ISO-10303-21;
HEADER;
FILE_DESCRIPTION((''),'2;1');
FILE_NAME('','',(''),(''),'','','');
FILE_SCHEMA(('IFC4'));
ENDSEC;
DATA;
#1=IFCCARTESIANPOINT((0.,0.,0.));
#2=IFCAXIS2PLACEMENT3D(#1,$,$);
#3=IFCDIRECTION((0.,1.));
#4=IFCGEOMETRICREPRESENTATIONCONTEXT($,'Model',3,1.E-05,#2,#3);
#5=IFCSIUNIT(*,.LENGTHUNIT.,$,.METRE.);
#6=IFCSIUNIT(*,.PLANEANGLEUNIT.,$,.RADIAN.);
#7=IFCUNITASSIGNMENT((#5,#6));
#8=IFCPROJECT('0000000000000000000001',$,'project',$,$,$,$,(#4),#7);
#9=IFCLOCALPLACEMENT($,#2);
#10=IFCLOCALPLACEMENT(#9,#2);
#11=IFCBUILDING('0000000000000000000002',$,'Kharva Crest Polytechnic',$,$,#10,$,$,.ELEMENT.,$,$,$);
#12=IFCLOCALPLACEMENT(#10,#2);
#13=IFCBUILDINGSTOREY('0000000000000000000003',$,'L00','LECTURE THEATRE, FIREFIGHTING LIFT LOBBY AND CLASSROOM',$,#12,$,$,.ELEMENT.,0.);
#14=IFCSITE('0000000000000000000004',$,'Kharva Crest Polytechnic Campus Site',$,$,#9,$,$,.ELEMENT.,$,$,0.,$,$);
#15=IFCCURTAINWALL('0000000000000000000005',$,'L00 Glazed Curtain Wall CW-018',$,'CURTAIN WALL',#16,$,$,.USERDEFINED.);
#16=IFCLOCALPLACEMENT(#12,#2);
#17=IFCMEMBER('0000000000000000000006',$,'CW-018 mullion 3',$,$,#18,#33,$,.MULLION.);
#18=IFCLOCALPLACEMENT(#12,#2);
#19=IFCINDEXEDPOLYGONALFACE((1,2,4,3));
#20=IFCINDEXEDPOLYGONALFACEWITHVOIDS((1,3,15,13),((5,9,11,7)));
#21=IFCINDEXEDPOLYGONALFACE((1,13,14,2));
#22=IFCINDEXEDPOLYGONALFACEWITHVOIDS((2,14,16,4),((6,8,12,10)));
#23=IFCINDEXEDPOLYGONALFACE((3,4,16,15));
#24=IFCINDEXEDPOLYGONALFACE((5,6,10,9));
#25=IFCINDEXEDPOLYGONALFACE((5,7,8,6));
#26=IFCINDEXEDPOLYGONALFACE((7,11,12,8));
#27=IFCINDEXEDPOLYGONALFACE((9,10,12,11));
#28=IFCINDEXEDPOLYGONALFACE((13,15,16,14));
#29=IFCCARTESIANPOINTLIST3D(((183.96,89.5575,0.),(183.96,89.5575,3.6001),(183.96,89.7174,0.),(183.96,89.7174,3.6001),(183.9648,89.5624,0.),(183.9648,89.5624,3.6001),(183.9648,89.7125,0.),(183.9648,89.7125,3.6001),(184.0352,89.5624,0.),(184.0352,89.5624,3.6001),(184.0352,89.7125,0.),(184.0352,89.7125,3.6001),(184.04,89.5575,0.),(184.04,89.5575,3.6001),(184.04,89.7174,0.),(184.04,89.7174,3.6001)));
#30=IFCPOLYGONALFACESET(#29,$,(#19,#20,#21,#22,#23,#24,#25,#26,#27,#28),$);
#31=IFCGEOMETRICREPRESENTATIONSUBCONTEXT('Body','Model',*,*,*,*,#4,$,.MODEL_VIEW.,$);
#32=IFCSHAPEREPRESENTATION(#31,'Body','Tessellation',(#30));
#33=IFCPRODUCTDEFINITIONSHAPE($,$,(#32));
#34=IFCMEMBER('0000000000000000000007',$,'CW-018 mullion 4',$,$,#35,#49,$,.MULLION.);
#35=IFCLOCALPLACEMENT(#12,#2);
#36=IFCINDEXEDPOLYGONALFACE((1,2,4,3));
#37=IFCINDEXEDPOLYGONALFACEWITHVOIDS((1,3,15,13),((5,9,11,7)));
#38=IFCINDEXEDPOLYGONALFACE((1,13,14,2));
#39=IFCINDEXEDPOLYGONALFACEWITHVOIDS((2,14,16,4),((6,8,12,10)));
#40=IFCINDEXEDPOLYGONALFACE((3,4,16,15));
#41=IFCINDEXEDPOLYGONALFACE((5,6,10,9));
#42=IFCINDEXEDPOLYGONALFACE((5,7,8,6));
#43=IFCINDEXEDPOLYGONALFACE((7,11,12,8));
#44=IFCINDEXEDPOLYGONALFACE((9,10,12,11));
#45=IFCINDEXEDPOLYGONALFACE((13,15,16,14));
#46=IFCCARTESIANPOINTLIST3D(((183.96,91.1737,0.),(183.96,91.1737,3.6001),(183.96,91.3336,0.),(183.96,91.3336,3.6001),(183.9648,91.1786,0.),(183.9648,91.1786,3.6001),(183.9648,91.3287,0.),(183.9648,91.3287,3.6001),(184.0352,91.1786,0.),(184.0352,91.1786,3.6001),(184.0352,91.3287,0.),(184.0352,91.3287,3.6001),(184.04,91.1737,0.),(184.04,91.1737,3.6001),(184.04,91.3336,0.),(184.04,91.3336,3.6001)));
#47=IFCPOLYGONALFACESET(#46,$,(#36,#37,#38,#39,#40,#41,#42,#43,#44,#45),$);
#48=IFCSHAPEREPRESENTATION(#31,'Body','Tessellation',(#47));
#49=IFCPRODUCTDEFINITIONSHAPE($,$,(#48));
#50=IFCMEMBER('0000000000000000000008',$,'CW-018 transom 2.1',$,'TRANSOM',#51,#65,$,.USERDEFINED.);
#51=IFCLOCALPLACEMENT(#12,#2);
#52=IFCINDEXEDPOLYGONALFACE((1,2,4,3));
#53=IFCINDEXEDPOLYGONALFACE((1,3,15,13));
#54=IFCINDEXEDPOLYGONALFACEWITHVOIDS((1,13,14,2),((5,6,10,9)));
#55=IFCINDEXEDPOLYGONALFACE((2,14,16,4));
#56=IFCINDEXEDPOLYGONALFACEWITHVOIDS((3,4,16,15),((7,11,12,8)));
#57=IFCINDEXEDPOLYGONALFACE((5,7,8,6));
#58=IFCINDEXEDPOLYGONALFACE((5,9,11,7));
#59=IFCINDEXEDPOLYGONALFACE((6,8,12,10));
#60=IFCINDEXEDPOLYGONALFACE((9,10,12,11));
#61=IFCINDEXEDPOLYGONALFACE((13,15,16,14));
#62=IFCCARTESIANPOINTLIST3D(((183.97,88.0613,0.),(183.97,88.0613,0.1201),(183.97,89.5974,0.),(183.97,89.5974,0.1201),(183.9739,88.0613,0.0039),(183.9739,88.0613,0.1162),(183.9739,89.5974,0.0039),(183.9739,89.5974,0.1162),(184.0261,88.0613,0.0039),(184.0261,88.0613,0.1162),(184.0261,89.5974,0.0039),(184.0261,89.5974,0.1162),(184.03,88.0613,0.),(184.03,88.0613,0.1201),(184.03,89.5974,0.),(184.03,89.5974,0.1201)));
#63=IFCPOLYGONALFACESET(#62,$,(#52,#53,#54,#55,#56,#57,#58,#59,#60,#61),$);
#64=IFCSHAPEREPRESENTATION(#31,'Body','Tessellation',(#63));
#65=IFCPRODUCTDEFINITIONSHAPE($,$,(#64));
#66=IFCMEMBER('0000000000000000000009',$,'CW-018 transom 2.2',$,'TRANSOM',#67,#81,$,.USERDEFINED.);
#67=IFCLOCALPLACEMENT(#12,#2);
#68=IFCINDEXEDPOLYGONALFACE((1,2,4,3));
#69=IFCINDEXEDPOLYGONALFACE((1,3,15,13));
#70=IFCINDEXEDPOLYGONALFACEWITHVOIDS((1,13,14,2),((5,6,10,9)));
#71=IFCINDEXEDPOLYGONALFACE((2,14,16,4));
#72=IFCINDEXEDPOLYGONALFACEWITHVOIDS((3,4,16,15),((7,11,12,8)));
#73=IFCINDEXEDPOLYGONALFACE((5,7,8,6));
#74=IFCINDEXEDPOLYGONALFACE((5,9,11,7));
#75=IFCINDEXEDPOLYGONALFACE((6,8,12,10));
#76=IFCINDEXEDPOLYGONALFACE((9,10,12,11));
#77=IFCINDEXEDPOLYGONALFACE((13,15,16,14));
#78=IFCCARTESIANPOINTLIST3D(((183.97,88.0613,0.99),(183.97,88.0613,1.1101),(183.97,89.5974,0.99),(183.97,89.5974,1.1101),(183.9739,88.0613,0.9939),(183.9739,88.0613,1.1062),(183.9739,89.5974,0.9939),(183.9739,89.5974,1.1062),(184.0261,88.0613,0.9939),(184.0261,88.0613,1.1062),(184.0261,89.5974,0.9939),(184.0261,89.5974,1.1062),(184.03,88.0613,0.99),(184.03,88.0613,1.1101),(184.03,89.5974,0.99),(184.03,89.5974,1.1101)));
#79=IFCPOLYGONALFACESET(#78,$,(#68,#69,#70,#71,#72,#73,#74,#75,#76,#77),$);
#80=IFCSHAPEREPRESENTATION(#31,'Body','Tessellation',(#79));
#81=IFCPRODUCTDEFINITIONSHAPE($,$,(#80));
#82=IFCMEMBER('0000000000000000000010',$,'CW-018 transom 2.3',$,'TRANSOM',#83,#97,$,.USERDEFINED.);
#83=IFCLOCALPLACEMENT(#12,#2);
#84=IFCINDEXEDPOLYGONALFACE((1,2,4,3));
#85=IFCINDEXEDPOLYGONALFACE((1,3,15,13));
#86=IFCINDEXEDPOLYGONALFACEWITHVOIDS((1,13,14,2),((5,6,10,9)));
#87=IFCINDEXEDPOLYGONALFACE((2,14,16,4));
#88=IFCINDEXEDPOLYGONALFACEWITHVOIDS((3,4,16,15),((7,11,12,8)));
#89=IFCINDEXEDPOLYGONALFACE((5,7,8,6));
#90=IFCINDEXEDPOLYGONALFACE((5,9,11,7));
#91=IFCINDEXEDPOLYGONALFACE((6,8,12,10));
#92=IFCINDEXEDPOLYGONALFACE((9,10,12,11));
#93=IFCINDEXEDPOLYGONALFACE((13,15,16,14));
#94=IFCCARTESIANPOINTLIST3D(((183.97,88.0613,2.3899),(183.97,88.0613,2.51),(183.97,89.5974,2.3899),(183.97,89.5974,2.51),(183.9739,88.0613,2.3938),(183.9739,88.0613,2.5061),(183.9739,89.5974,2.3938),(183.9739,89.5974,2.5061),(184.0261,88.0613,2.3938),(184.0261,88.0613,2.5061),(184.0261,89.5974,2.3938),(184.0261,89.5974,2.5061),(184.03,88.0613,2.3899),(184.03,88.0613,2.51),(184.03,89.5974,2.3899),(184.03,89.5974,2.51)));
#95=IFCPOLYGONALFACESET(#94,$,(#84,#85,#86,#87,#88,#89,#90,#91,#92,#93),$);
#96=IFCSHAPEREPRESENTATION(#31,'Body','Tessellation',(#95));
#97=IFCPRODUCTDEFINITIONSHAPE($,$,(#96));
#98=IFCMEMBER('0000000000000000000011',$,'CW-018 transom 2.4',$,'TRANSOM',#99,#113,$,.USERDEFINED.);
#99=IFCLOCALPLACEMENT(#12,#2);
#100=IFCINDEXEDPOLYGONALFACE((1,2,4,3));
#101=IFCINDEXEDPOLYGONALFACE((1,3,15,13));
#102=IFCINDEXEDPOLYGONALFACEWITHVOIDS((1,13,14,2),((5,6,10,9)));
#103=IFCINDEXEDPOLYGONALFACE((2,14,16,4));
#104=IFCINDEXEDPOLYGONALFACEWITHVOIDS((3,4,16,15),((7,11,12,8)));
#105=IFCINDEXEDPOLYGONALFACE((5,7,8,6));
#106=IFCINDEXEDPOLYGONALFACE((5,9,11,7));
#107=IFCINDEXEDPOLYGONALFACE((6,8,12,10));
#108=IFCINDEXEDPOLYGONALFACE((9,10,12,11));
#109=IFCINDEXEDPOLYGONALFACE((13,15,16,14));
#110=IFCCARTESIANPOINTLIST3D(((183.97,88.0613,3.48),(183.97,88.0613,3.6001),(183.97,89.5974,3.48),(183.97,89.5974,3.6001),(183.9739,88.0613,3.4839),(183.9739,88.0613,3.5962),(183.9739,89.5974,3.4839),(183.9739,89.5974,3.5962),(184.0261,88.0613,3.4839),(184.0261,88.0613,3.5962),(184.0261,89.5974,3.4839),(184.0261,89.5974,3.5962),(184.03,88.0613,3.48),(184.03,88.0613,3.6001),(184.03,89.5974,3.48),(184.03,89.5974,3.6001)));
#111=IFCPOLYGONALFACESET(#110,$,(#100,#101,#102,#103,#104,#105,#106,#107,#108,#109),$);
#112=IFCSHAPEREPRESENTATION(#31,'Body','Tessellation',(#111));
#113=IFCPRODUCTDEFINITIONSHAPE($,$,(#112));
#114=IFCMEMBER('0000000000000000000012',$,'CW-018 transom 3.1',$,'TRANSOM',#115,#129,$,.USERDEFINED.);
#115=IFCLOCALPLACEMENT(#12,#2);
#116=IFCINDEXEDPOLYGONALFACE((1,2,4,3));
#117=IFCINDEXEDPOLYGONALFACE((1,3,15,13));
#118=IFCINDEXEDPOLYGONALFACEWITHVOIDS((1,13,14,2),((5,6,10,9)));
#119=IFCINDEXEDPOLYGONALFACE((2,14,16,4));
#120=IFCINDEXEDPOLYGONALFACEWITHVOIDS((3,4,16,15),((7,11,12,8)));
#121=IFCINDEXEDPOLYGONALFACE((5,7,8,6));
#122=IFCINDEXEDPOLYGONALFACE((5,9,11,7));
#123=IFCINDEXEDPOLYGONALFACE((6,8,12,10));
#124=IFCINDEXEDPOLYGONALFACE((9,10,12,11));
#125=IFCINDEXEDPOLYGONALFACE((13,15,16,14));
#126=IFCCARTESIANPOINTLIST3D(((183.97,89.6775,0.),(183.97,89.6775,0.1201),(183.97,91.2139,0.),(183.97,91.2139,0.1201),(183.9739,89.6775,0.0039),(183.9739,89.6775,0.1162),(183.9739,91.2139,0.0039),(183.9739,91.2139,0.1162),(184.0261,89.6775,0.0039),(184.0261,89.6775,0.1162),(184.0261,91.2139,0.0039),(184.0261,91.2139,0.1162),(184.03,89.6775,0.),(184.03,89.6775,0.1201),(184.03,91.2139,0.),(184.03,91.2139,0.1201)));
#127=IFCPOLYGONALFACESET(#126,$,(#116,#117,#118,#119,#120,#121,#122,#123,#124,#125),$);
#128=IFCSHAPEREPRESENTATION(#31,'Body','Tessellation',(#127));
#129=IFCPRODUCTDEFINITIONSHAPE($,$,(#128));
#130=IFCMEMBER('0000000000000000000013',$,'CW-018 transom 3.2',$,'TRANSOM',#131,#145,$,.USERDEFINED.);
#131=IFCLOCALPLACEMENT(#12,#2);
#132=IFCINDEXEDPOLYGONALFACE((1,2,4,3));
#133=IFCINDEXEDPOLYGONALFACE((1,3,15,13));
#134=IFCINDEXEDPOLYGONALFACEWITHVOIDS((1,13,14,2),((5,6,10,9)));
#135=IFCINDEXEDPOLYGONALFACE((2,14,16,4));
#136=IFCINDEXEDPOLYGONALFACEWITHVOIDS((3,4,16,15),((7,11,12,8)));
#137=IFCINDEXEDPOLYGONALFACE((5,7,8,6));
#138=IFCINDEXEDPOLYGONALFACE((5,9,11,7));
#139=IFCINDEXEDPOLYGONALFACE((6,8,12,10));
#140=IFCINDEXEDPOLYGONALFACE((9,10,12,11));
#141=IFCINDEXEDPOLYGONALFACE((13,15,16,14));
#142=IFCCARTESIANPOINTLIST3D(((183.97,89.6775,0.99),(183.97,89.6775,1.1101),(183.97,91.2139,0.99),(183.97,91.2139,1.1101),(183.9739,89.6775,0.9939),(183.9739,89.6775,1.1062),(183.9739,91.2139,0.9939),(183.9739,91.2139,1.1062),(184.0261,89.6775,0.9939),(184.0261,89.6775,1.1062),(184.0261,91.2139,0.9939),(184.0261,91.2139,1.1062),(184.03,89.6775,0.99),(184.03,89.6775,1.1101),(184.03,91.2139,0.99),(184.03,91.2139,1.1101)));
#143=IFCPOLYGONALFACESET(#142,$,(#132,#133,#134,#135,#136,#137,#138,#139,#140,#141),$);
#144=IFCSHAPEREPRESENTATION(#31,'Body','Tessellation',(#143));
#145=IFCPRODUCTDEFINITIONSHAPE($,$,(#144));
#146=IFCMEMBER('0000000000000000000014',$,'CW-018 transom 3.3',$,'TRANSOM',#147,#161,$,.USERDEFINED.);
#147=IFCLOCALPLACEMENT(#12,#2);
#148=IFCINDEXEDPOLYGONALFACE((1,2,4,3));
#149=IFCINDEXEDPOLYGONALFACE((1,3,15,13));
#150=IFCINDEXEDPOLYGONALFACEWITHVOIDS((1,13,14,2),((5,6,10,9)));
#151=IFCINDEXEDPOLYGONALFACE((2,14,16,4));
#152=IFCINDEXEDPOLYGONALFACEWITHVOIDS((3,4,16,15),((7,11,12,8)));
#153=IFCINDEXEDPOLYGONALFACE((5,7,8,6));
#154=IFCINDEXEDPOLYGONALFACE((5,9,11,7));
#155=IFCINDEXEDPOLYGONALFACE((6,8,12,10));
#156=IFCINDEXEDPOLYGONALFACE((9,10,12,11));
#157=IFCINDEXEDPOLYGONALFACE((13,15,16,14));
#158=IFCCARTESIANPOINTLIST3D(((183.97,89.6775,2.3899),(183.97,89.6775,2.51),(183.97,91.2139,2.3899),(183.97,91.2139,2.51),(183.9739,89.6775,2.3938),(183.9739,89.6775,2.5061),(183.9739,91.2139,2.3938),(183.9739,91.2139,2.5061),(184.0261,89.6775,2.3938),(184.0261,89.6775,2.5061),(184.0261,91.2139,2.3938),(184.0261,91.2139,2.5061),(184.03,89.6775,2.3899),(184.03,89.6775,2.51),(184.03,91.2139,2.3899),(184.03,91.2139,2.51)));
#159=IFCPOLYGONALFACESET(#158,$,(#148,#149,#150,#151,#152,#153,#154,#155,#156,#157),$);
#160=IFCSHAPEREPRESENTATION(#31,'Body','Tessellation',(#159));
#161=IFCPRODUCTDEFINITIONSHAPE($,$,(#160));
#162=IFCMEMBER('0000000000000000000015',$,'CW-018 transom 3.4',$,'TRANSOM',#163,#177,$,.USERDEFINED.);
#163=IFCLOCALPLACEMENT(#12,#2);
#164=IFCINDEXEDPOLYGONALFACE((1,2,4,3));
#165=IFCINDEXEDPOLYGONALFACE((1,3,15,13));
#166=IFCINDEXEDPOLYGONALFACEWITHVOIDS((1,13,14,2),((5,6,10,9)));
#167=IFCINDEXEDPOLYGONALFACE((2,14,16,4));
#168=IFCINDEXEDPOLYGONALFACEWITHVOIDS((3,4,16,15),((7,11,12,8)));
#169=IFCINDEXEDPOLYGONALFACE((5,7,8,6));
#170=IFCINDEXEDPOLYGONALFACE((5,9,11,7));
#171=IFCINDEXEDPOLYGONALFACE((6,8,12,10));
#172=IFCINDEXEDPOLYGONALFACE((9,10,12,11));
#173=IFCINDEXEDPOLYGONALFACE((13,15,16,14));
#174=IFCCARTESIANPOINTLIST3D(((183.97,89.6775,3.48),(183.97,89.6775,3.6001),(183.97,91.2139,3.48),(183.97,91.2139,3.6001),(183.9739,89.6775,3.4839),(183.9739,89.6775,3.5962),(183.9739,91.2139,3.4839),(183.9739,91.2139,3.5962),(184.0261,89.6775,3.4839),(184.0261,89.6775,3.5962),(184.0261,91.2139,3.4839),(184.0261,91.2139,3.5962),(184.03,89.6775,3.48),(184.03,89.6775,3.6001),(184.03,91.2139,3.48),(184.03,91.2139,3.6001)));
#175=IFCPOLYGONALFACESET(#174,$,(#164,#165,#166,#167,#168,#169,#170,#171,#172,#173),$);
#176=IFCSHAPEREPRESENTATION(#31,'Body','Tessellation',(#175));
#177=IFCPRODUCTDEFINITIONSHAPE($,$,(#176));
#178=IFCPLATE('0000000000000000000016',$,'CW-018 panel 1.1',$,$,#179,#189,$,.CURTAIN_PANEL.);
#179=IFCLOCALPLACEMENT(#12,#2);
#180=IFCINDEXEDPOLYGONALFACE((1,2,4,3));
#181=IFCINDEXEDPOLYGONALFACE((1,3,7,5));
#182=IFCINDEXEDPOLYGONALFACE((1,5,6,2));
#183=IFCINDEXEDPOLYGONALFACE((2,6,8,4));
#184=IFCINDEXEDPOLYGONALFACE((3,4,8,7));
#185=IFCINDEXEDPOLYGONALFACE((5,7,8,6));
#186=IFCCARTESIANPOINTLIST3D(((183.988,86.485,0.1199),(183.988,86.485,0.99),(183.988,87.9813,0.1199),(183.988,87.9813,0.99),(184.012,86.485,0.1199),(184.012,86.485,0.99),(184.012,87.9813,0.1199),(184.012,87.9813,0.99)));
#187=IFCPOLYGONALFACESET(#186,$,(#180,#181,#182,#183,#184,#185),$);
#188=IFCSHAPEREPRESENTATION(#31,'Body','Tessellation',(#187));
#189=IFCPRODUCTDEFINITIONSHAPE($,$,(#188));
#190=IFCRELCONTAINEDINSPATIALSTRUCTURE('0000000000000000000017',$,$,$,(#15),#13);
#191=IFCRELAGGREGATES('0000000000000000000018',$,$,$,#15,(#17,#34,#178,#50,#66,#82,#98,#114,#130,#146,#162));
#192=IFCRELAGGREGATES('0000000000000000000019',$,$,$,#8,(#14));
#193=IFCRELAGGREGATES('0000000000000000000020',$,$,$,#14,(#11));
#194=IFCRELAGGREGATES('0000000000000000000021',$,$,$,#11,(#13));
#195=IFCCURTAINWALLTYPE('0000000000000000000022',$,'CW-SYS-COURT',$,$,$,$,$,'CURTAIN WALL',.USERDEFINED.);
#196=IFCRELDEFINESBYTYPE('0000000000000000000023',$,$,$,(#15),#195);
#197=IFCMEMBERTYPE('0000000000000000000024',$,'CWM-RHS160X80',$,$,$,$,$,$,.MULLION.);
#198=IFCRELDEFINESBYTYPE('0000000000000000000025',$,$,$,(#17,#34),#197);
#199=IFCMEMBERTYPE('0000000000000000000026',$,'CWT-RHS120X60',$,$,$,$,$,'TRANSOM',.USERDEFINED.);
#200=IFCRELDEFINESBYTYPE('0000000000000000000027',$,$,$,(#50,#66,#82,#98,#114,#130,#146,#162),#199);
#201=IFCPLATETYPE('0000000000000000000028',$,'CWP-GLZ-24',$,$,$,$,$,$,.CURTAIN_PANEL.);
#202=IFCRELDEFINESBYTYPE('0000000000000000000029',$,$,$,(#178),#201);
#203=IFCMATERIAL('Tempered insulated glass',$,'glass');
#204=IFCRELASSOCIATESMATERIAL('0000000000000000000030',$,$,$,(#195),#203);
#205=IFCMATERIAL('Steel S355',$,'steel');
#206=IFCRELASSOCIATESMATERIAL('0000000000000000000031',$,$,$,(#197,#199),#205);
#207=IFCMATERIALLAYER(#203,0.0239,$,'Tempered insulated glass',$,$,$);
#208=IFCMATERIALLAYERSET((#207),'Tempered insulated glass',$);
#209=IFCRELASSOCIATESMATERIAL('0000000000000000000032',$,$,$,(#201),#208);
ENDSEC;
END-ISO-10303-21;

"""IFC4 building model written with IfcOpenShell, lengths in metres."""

from ifc_helpers import new_model, si_unit, direction, frame, origin, origin_2d, place, context, subcontext, project, spatial, rectangle, hollow_rectangle, extrude, material, layer, layer_set, material_profile, profile_set, type_object, element, aggregate, save


model = new_model("IFC4")

# Units and contexts
model_context = context("Model", 3, precision=1e-05, world=origin(), true_north=direction((0.0, 1.0)))
body_context = subcontext(model_context, "Body", "Model", "MODEL_VIEW")
ifc_project = project(units=[si_unit("LENGTHUNIT", "METRE"), si_unit("PLANEANGLEUNIT", "RADIAN")], contexts=[model_context])

# Site, building, storey
site_placement = place(None, origin())
site = spatial("IfcSite", under=ifc_project, at=site_placement, Name="Kharva Crest Polytechnic Campus Site", CompositionType="ELEMENT", RefElevation=0.0)
building_placement = place(site_placement, origin())
building = spatial("IfcBuilding", under=site, at=building_placement, Name="Kharva Crest Polytechnic", CompositionType="ELEMENT")
storey_placement = place(building_placement, origin())
storey = spatial("IfcBuildingStorey", under=building, at=storey_placement, Name="L00", Description="LECTURE THEATRE, FIREFIGHTING LIFT LOBBY AND CLASSROOM", CompositionType="ELEMENT", Elevation=0.0)

# Curtain wall, members, plate
ifc_material_1 = material(Name="Tempered insulated glass", Category="glass")
curtain_wall_type = type_object("IfcCurtainWallType", Name="CW-SYS-COURT", ElementType="CURTAIN WALL", PredefinedType="USERDEFINED", material=ifc_material_1)
curtain_wall_placement = place(storey_placement, origin())
curtain_wall = element("IfcCurtainWall", 1, at=curtain_wall_placement, inside=storey, type_object=curtain_wall_type, Name="L00 Glazed Curtain Wall CW-018", ObjectType="CURTAIN WALL", PredefinedType="USERDEFINED")
ifc_material_2 = material(Name="Steel S355", Category="steel")
ifc_material_profile_1 = material_profile(ifc_material_2, hollow_rectangle(XDim=0.0801, YDim=0.1599, WallThickness=0.0049, at=origin_2d()), Name="RHS 160X80X5.0")
ifc_profile_set_1 = profile_set([ifc_material_profile_1], Name="Steel S355")
member_type_1 = type_object("IfcMemberType", Name="CWM-RHS160X80", PredefinedType="MULLION", material=ifc_profile_set_1)
member_1_placement = place(storey_placement, frame((184.0, 89.6375, 0.0), z_axis=(0.0, 0.0, 1.0), x_axis=(-1.0, 0.0, 0.0)))
member_1 = element("IfcMember", 2, at=member_1_placement, type_object=member_type_1, Name="CW-018 mullion 3", PredefinedType="MULLION", context=body_context, shape_type="SweptSolid", body=[
    extrude(hollow_rectangle(XDim=0.0801, YDim=0.1599, WallThickness=0.0049, at=origin_2d()), origin(), (0.0, 0.0, 1.0), 3.6001),
])
member_2_placement = place(storey_placement, frame((184.0, 91.2537, 0.0), z_axis=(0.0, 0.0, 1.0), x_axis=(-1.0, 0.0, 0.0)))
member_2 = element("IfcMember", 3, at=member_2_placement, type_object=member_type_1, Name="CW-018 mullion 4", PredefinedType="MULLION", context=body_context, shape_type="SweptSolid", body=[
    extrude(hollow_rectangle(XDim=0.0801, YDim=0.1599, WallThickness=0.0049, at=origin_2d()), origin(), (0.0, 0.0, 1.0), 3.6001),
])
ifc_material_profile_2 = material_profile(ifc_material_2, hollow_rectangle(XDim=0.0601, YDim=0.1201, WallThickness=0.0039, at=origin_2d()), Name="RHS 120X60X4.0")
ifc_profile_set_2 = profile_set([ifc_material_profile_2], Name="Steel S355")
member_type_2 = type_object("IfcMemberType", Name="CWT-RHS120X60", ElementType="TRANSOM", PredefinedType="USERDEFINED", material=ifc_profile_set_2)
member_3_placement = place(storey_placement, frame((184.0, 88.0613, 0.0601), z_axis=(0.0, 1.0, 0.0), x_axis=(-1.0, 0.0, 0.0)))
member_3 = element("IfcMember", 4, at=member_3_placement, type_object=member_type_2, Name="CW-018 transom 2.1", ObjectType="TRANSOM", PredefinedType="USERDEFINED", context=body_context, shape_type="SweptSolid", body=[
    extrude(hollow_rectangle(XDim=0.0601, YDim=0.1201, WallThickness=0.0039, at=origin_2d()), origin(), (0.0, 0.0, 1.0), 1.5361),
])
member_4_placement = place(storey_placement, frame((184.0, 88.0613, 1.05), z_axis=(0.0, 1.0, 0.0), x_axis=(-1.0, 0.0, 0.0)))
member_4 = element("IfcMember", 5, at=member_4_placement, type_object=member_type_2, Name="CW-018 transom 2.2", ObjectType="TRANSOM", PredefinedType="USERDEFINED", context=body_context, shape_type="SweptSolid", body=[
    extrude(hollow_rectangle(XDim=0.0601, YDim=0.1201, WallThickness=0.0039, at=origin_2d()), origin(), (0.0, 0.0, 1.0), 1.5361),
])
member_5_placement = place(storey_placement, frame((184.0, 88.0613, 2.45), z_axis=(0.0, 1.0, 0.0), x_axis=(-1.0, 0.0, 0.0)))
member_5 = element("IfcMember", 6, at=member_5_placement, type_object=member_type_2, Name="CW-018 transom 2.3", ObjectType="TRANSOM", PredefinedType="USERDEFINED", context=body_context, shape_type="SweptSolid", body=[
    extrude(hollow_rectangle(XDim=0.0601, YDim=0.1201, WallThickness=0.0039, at=origin_2d()), origin(), (0.0, 0.0, 1.0), 1.5361),
])
member_6_placement = place(storey_placement, frame((184.0, 88.0613, 3.54), z_axis=(0.0, 1.0, 0.0), x_axis=(-1.0, 0.0, 0.0)))
member_6 = element("IfcMember", 7, at=member_6_placement, type_object=member_type_2, Name="CW-018 transom 2.4", ObjectType="TRANSOM", PredefinedType="USERDEFINED", context=body_context, shape_type="SweptSolid", body=[
    extrude(hollow_rectangle(XDim=0.0601, YDim=0.1201, WallThickness=0.0039, at=origin_2d()), origin(), (0.0, 0.0, 1.0), 1.5361),
])
member_7_placement = place(storey_placement, frame((184.0, 89.6775, 0.0601), z_axis=(0.0, 1.0, 0.0), x_axis=(-1.0, 0.0, 0.0)))
member_7 = element("IfcMember", 8, at=member_7_placement, type_object=member_type_2, Name="CW-018 transom 3.1", ObjectType="TRANSOM", PredefinedType="USERDEFINED", context=body_context, shape_type="SweptSolid", body=[
    extrude(hollow_rectangle(XDim=0.0601, YDim=0.1201, WallThickness=0.0039, at=origin_2d()), origin(), (0.0, 0.0, 1.0), 1.5364),
])
member_8_placement = place(storey_placement, frame((184.0, 89.6775, 1.05), z_axis=(0.0, 1.0, 0.0), x_axis=(-1.0, 0.0, 0.0)))
member_8 = element("IfcMember", 9, at=member_8_placement, type_object=member_type_2, Name="CW-018 transom 3.2", ObjectType="TRANSOM", PredefinedType="USERDEFINED", context=body_context, shape_type="SweptSolid", body=[
    extrude(hollow_rectangle(XDim=0.0601, YDim=0.1201, WallThickness=0.0039, at=origin_2d()), origin(), (0.0, 0.0, 1.0), 1.5364),
])
member_9_placement = place(storey_placement, frame((184.0, 89.6775, 2.45), z_axis=(0.0, 1.0, 0.0), x_axis=(-1.0, 0.0, 0.0)))
member_9 = element("IfcMember", 10, at=member_9_placement, type_object=member_type_2, Name="CW-018 transom 3.3", ObjectType="TRANSOM", PredefinedType="USERDEFINED", context=body_context, shape_type="SweptSolid", body=[
    extrude(hollow_rectangle(XDim=0.0601, YDim=0.1201, WallThickness=0.0039, at=origin_2d()), origin(), (0.0, 0.0, 1.0), 1.5364),
])
member_10_placement = place(storey_placement, frame((184.0, 89.6775, 3.54), z_axis=(0.0, 1.0, 0.0), x_axis=(-1.0, 0.0, 0.0)))
member_10 = element("IfcMember", 11, at=member_10_placement, type_object=member_type_2, Name="CW-018 transom 3.4", ObjectType="TRANSOM", PredefinedType="USERDEFINED", context=body_context, shape_type="SweptSolid", body=[
    extrude(hollow_rectangle(XDim=0.0601, YDim=0.1201, WallThickness=0.0039, at=origin_2d()), origin(), (0.0, 0.0, 1.0), 1.5364),
])
ifc_layer_1 = layer(ifc_material_1, 0.0239, Name="Tempered insulated glass")
ifc_layer_set_1 = layer_set([ifc_layer_1], Name="Tempered insulated glass")
plate_type = type_object("IfcPlateType", Name="CWP-GLZ-24", PredefinedType="CURTAIN_PANEL", material=ifc_layer_set_1)
plate_1_placement = place(storey_placement, frame((184.0, 87.2332, 0.1199), z_axis=(0.0, 0.0, 1.0), x_axis=(0.0, 1.0, 0.0)))
plate_1 = element("IfcPlate", 12, at=plate_1_placement, type_object=plate_type, Name="CW-018 panel 1.1", PredefinedType="CURTAIN_PANEL", context=body_context, shape_type="SweptSolid", body=[
    extrude(rectangle(XDim=1.4963, YDim=0.0239, at=origin_2d()), origin(), (0.0, 0.0, 1.0), 0.8701),
])
aggregate(curtain_wall, [member_1, member_2, plate_1, member_3, member_4, member_5, member_6, member_7, member_8, member_9, member_10])

save(model, "model.ifc")
